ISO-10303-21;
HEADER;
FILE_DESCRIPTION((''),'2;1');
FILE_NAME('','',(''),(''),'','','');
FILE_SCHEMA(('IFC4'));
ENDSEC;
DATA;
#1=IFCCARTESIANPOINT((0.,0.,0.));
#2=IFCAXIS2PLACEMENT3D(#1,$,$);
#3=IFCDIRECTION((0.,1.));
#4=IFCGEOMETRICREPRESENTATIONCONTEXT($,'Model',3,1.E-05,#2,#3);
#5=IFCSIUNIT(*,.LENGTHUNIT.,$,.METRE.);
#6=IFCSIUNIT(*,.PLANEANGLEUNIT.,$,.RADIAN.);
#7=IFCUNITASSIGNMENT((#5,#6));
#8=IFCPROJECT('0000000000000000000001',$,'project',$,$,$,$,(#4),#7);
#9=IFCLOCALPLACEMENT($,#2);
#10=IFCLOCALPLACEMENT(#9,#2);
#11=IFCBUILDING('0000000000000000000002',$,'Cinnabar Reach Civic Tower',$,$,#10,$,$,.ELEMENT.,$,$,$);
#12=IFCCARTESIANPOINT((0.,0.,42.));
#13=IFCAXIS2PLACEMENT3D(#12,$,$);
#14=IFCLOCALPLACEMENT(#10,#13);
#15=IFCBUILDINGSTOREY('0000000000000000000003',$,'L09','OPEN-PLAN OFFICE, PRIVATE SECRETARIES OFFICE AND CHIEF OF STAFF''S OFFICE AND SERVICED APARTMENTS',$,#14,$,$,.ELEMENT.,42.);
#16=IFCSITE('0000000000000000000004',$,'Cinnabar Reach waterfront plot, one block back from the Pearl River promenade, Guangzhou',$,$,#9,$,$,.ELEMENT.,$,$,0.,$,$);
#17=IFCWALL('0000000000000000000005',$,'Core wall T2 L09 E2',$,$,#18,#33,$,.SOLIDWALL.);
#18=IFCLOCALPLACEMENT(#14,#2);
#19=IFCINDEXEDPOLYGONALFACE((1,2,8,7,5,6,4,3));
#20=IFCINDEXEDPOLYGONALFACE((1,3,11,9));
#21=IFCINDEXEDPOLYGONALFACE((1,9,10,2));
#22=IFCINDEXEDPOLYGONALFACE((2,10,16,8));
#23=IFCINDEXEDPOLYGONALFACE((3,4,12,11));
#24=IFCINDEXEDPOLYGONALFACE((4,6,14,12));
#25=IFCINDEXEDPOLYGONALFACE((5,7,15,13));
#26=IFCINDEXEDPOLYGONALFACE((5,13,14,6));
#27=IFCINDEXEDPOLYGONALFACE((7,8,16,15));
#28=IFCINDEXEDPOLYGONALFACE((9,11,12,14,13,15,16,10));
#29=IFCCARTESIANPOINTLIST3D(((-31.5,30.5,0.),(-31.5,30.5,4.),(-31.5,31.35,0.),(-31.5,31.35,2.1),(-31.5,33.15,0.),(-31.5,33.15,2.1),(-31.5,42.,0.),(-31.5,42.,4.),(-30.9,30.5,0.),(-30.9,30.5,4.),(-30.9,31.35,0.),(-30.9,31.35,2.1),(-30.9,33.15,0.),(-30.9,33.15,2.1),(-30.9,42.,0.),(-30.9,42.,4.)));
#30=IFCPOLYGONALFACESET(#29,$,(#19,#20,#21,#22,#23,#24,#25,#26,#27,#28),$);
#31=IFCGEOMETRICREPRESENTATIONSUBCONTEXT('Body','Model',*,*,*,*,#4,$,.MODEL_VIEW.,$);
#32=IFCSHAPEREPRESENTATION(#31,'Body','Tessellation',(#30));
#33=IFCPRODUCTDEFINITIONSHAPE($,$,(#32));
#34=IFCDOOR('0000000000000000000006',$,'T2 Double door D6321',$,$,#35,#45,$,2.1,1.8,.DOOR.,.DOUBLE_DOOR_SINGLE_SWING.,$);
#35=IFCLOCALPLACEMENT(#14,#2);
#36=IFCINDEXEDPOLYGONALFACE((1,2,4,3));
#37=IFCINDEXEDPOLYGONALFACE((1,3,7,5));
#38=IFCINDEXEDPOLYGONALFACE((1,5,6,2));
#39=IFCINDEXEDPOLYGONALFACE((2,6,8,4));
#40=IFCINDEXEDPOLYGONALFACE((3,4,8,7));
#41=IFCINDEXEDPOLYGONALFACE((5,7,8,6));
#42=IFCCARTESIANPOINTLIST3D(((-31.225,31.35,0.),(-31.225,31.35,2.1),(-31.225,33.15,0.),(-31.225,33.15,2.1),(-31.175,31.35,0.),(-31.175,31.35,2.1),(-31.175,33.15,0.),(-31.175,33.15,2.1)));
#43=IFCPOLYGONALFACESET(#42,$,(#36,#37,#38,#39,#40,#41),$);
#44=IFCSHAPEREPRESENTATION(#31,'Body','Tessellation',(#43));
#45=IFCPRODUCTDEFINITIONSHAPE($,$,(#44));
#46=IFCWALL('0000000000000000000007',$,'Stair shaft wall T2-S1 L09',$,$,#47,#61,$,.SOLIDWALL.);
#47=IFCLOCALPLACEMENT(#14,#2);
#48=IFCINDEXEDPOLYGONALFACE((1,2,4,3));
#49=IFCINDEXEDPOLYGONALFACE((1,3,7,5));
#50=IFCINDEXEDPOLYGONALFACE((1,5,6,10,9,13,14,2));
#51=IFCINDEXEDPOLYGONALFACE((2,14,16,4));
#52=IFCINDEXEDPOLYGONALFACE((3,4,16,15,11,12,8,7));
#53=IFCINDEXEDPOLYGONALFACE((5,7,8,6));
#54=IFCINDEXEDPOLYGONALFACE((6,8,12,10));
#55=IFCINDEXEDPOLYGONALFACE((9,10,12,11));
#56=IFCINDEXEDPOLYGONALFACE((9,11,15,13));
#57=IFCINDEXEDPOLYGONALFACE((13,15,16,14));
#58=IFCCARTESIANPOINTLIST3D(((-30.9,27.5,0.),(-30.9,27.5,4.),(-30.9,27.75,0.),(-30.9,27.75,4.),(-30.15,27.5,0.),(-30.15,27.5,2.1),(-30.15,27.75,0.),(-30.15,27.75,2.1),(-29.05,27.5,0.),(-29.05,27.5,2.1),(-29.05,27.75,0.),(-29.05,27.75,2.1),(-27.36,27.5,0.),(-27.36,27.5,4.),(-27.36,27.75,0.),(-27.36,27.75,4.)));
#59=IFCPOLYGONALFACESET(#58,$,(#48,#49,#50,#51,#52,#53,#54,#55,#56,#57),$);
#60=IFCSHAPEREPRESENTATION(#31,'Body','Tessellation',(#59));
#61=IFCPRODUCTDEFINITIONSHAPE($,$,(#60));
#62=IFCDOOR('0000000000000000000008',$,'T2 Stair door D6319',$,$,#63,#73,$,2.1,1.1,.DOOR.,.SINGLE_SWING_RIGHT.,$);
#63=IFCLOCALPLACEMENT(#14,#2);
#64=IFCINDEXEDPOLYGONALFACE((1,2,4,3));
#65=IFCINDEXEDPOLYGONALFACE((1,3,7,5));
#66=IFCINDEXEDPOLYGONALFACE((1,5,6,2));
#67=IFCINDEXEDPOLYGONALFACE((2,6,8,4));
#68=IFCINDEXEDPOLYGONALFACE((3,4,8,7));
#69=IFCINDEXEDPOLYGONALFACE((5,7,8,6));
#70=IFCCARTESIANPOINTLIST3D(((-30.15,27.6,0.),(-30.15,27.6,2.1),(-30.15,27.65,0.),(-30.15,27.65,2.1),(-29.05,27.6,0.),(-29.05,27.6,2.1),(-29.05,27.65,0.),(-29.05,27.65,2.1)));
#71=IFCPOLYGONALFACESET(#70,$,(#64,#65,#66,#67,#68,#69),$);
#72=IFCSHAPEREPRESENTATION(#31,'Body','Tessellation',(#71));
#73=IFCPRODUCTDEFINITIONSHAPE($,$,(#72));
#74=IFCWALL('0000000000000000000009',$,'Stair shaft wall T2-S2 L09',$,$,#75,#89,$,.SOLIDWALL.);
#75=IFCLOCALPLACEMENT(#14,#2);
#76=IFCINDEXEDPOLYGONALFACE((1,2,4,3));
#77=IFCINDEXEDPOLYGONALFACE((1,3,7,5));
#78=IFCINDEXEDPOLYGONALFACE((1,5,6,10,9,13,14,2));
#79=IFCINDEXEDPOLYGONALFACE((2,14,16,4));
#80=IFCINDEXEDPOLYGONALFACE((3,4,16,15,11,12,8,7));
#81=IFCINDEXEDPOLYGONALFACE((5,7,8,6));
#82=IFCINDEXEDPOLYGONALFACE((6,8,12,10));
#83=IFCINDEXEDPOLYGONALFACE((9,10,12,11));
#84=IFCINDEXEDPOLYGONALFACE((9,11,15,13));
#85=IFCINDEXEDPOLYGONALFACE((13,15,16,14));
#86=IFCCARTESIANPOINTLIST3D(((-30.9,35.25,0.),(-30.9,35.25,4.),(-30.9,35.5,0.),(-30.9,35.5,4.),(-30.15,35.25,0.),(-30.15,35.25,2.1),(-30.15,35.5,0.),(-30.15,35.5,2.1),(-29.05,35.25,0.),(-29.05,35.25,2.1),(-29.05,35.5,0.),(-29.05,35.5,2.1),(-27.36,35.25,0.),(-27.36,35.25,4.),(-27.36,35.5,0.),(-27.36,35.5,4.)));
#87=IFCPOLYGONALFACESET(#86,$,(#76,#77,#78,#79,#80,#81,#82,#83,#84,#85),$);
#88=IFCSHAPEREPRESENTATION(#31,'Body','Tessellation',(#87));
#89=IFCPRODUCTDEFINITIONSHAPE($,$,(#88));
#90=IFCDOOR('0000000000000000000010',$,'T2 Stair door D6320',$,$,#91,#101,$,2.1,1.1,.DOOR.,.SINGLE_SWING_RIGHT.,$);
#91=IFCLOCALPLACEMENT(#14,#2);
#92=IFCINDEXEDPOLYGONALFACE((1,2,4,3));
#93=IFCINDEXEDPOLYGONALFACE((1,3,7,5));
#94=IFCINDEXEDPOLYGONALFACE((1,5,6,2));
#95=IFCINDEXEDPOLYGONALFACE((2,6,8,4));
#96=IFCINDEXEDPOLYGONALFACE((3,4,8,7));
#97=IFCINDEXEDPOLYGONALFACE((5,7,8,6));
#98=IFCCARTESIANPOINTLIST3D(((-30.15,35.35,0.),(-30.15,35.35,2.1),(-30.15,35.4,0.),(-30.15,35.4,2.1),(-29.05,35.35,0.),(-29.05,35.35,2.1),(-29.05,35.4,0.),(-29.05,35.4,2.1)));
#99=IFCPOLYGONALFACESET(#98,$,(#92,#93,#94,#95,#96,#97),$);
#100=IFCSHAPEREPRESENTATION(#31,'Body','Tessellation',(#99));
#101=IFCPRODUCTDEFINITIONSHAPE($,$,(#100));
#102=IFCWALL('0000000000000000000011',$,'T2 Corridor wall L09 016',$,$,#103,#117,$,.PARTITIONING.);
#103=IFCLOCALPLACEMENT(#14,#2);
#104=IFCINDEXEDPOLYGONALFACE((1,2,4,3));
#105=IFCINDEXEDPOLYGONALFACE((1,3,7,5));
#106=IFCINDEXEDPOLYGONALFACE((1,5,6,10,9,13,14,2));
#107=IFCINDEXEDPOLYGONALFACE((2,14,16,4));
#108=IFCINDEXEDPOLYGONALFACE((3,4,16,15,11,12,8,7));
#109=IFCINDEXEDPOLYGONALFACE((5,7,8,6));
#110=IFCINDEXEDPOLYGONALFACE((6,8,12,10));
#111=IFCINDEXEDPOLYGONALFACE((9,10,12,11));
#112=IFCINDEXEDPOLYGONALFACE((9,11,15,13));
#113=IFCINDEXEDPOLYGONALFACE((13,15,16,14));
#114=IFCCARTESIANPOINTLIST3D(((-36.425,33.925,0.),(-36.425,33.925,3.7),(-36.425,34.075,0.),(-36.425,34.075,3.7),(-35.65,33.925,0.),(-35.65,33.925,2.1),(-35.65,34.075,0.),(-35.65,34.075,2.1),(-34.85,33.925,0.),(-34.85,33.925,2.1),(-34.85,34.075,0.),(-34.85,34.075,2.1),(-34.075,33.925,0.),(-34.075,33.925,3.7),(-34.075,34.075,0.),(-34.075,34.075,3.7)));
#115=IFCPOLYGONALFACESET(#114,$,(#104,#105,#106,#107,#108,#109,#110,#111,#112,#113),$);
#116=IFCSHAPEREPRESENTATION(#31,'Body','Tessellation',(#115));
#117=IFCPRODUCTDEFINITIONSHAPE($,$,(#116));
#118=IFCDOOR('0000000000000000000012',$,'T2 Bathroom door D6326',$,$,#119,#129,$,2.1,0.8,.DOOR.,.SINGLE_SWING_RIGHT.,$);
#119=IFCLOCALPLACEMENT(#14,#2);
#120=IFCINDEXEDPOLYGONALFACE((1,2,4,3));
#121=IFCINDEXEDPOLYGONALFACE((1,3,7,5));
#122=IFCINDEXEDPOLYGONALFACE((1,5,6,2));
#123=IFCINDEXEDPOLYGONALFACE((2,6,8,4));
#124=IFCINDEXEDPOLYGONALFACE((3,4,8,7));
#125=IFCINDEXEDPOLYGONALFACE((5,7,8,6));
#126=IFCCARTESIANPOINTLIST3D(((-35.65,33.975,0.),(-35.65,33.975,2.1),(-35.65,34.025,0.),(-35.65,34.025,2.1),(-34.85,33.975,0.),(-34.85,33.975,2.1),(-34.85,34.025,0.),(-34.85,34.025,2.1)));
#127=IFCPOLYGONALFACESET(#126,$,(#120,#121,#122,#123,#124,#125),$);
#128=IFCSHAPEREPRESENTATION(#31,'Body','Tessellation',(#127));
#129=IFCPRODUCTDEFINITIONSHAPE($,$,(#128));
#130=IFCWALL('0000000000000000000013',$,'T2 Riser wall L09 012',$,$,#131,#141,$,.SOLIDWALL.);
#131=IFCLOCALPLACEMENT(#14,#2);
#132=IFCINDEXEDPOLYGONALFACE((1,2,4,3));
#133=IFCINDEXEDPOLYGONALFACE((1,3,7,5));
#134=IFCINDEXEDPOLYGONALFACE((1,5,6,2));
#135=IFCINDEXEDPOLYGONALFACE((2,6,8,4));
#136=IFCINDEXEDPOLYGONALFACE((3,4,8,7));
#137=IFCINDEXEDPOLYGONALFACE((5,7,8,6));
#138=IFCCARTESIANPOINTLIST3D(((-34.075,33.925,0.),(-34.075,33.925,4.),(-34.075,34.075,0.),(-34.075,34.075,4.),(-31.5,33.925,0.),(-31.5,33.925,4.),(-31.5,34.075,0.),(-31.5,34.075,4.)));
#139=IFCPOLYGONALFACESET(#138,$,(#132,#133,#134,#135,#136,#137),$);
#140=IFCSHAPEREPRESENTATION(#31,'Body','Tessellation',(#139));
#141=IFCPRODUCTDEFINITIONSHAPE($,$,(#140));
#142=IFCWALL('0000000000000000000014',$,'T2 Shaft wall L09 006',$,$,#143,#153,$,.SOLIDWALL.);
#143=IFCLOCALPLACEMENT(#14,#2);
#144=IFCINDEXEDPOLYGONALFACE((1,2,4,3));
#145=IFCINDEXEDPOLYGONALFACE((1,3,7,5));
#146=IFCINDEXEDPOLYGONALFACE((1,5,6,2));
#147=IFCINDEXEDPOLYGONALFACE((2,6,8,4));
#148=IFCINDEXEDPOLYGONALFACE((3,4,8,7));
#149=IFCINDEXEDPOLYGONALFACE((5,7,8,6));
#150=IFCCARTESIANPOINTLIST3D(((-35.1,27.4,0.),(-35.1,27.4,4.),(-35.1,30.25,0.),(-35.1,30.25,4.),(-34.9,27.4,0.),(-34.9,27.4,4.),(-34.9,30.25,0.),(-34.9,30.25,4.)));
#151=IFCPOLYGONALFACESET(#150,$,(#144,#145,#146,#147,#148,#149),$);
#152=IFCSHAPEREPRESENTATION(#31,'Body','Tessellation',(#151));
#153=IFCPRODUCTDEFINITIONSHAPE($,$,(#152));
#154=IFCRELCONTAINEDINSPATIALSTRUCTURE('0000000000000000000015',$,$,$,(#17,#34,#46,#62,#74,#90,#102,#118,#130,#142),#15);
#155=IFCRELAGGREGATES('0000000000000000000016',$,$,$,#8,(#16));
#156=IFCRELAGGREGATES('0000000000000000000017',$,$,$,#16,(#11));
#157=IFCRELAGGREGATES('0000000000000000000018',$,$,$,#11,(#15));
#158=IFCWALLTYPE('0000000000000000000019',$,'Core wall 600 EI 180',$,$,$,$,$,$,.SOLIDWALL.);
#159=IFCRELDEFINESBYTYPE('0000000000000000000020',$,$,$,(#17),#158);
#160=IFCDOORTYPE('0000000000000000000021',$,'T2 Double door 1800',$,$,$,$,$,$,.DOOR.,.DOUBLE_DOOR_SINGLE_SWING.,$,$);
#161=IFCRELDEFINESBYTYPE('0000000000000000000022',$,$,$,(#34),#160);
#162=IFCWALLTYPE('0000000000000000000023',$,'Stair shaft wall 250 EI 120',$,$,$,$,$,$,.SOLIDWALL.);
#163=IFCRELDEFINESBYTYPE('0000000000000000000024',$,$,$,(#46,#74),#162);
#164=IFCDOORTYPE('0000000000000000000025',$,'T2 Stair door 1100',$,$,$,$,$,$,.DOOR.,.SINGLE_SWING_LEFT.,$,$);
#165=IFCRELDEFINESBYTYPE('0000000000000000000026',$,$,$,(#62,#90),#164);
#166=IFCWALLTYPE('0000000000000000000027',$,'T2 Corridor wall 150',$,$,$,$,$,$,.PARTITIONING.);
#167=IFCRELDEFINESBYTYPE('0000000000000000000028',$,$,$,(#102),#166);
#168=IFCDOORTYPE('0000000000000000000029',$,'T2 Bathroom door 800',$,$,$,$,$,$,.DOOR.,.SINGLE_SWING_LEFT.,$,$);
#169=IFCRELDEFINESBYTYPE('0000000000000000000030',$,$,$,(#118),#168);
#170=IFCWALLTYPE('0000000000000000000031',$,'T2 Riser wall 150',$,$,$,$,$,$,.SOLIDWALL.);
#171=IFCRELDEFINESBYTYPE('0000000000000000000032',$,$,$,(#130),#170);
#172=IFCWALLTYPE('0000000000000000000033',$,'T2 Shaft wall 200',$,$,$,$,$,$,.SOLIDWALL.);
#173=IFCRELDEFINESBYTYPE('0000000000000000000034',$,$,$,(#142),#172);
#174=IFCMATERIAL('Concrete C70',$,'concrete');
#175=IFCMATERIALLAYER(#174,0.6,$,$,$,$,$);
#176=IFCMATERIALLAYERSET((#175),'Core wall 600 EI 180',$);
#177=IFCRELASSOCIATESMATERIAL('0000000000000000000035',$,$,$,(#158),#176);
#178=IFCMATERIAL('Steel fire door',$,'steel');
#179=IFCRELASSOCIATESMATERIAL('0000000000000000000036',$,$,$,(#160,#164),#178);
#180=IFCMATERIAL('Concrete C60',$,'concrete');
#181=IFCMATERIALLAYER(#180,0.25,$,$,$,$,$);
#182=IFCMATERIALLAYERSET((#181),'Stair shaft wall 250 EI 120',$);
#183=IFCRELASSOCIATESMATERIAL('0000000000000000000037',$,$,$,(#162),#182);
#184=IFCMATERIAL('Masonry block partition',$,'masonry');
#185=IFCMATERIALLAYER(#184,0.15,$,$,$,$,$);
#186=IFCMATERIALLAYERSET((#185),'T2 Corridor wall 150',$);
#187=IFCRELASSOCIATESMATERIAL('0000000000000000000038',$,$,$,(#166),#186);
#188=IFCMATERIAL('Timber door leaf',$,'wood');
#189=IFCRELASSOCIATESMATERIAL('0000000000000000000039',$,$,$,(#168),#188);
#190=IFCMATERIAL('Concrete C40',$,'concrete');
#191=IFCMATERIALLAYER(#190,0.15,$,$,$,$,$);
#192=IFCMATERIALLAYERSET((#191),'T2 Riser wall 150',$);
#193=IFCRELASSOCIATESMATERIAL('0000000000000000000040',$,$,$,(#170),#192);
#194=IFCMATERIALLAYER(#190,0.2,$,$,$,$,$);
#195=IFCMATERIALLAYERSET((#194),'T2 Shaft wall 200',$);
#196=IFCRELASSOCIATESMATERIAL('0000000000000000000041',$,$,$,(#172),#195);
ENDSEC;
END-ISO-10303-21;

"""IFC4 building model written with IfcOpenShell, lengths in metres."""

from ifc_helpers import new_model, si_unit, direction, frame, frame_2d, origin, place, context, subcontext, project, spatial, rectangle, extrude, material, layer, layer_set, type_object, element, fill, save


model = new_model("IFC4")

# Units and contexts
model_context = context("Model", 3, precision=1e-05, world=origin(), true_north=direction((0.0, 1.0)))
body_context = subcontext(model_context, "Body", "Model", "MODEL_VIEW")
ifc_project = project(units=[si_unit("LENGTHUNIT", "METRE"), si_unit("PLANEANGLEUNIT", "RADIAN")], contexts=[model_context])

# Site, building, storey
site_placement = place(None, origin())
site = spatial("IfcSite", under=ifc_project, at=site_placement, Name="Cinnabar Reach waterfront plot, one block back from the Pearl River promenade, Guangzhou", CompositionType="ELEMENT", RefElevation=0.0)
building_placement = place(site_placement, origin())
building = spatial("IfcBuilding", under=site, at=building_placement, Name="Cinnabar Reach Civic Tower", CompositionType="ELEMENT")
storey_placement = place(building_placement, frame((0.0, 0.0, 42.0)))
storey = spatial("IfcBuildingStorey", under=building, at=storey_placement, Name="L09", Description="OPEN-PLAN OFFICE, PRIVATE SECRETARIES OFFICE AND CHIEF OF STAFF'S OFFICE AND SERVICED APARTMENTS", CompositionType="ELEMENT", Elevation=42.0)

# Shared definitions
ifc_material_1 = material(Name="Concrete C70", Category="concrete")

# Walls, openings, doors
ifc_layer_1 = layer(ifc_material_1, 0.6)
ifc_layer_set_1 = layer_set([ifc_layer_1], Name="Core wall 600 EI 180")
wall_type_1 = type_object("IfcWallType", Name="Core wall 600 EI 180", PredefinedType="SOLIDWALL", material=ifc_layer_set_1)
wall_1_placement = place(storey_placement, frame((-31.2, 30.5, 0.0), z_axis=(0.0, 0.0, 1.0), x_axis=(0.0, 1.0, 0.0)))
wall_1 = element("IfcWall", 1, at=wall_1_placement, inside=storey, type_object=wall_type_1, Name="Core wall T2 L09 E2", PredefinedType="SOLIDWALL", context=body_context, shape_type="SweptSolid", body=[
    extrude(rectangle(XDim=11.5, YDim=0.6, at=frame_2d((5.75, 0.0))), origin(), (0.0, 0.0, 1.0), 4.0),
])
opening_1_placement = place(wall_1_placement, frame((0.85, 0.0, 0.0)))
opening_1 = element("IfcOpeningElement", 2, at=opening_1_placement, cuts=wall_1, PredefinedType="OPENING", context=body_context, shape_type="SweptSolid", body=[
    extrude(rectangle(XDim=1.8, YDim=2.1, at=frame_2d((0.9, 1.05))), frame((0.0, 0.31, 0.0), z_axis=(0.0, -1.0, 0.0), x_axis=(1.0, 0.0, 0.0)), (0.0, 0.0, 1.0), 0.62),
])
ifc_material_2 = material(Name="Steel fire door", Category="steel")
door_type_1 = type_object("IfcDoorType", Name="T2 Double door 1800", OperationType="DOUBLE_DOOR_SINGLE_SWING", PredefinedType="DOOR", material=ifc_material_2)
door_1_placement = place(opening_1_placement, origin())
door_1 = element("IfcDoor", 3, at=door_1_placement, inside=storey, type_object=door_type_1, Name="T2 Double door D6321", OperationType="DOUBLE_DOOR_SINGLE_SWING", OverallHeight=2.1, OverallWidth=1.8, PredefinedType="DOOR", context=body_context, shape_type="SweptSolid", body=[
    extrude(rectangle(XDim=1.8, YDim=2.1, at=frame_2d((0.9, 1.05))), frame((0.0, 0.025, 0.0), z_axis=(0.0, -1.0, 0.0), x_axis=(1.0, 0.0, 0.0)), (0.0, 0.0, 1.0), 0.05),
])
fill(opening_1, door_1)
ifc_material_3 = material(Name="Concrete C60", Category="concrete")
ifc_layer_2 = layer(ifc_material_3, 0.25)
ifc_layer_set_2 = layer_set([ifc_layer_2], Name="Stair shaft wall 250 EI 120")
wall_type_2 = type_object("IfcWallType", Name="Stair shaft wall 250 EI 120", PredefinedType="SOLIDWALL", material=ifc_layer_set_2)
wall_2_placement = place(storey_placement, frame((-27.36, 27.625, 0.0), z_axis=(0.0, 0.0, 1.0), x_axis=(-1.0, 0.0, 0.0)))
wall_2 = element("IfcWall", 4, at=wall_2_placement, inside=storey, type_object=wall_type_2, Name="Stair shaft wall T2-S1 L09", PredefinedType="SOLIDWALL", context=body_context, shape_type="SweptSolid", body=[
    extrude(rectangle(XDim=3.54, YDim=0.25, at=frame_2d((1.77, 0.0))), origin(), (0.0, 0.0, 1.0), 4.0),
])
opening_2_placement = place(wall_2_placement, frame((1.69, 0.0, 0.0)))
opening_2 = element("IfcOpeningElement", 5, at=opening_2_placement, cuts=wall_2, PredefinedType="OPENING", context=body_context, shape_type="SweptSolid", body=[
    extrude(rectangle(XDim=1.1, YDim=2.1, at=frame_2d((0.55, 1.05))), frame((0.0, 0.135, 0.0), z_axis=(0.0, -1.0, 0.0), x_axis=(1.0, 0.0, 0.0)), (0.0, 0.0, 1.0), 0.27),
])
door_type_2 = type_object("IfcDoorType", Name="T2 Stair door 1100", OperationType="SINGLE_SWING_LEFT", PredefinedType="DOOR", material=ifc_material_2)
door_2_placement = place(opening_2_placement, origin())
door_2 = element("IfcDoor", 6, at=door_2_placement, inside=storey, type_object=door_type_2, Name="T2 Stair door D6319", OperationType="SINGLE_SWING_RIGHT", OverallHeight=2.1, OverallWidth=1.1, PredefinedType="DOOR", context=body_context, shape_type="SweptSolid", body=[
    extrude(rectangle(XDim=1.1, YDim=2.1, at=frame_2d((0.55, 1.05))), frame((0.0, 0.025, 0.0), z_axis=(0.0, -1.0, 0.0), x_axis=(1.0, 0.0, 0.0)), (0.0, 0.0, 1.0), 0.05),
])
fill(opening_2, door_2)
wall_3_placement = place(storey_placement, frame((-30.9, 35.375, 0.0), z_axis=(0.0, 0.0, 1.0), x_axis=(1.0, 0.0, 0.0)))
wall_3 = element("IfcWall", 7, at=wall_3_placement, inside=storey, type_object=wall_type_2, Name="Stair shaft wall T2-S2 L09", PredefinedType="SOLIDWALL", context=body_context, shape_type="SweptSolid", body=[
    extrude(rectangle(XDim=3.54, YDim=0.25, at=frame_2d((1.77, 0.0))), origin(), (0.0, 0.0, 1.0), 4.0),
])
opening_3_placement = place(wall_3_placement, frame((0.75, 0.0, 0.0)))
opening_3 = element("IfcOpeningElement", 8, at=opening_3_placement, cuts=wall_3, PredefinedType="OPENING", context=body_context, shape_type="SweptSolid", body=[
    extrude(rectangle(XDim=1.1, YDim=2.1, at=frame_2d((0.55, 1.05))), frame((0.0, 0.135, 0.0), z_axis=(0.0, -1.0, 0.0), x_axis=(1.0, 0.0, 0.0)), (0.0, 0.0, 1.0), 0.27),
])
door_3_placement = place(opening_3_placement, origin())
door_3 = element("IfcDoor", 9, at=door_3_placement, inside=storey, type_object=door_type_2, Name="T2 Stair door D6320", OperationType="SINGLE_SWING_RIGHT", OverallHeight=2.1, OverallWidth=1.1, PredefinedType="DOOR", context=body_context, shape_type="SweptSolid", body=[
    extrude(rectangle(XDim=1.1, YDim=2.1, at=frame_2d((0.55, 1.05))), frame((0.0, 0.025, 0.0), z_axis=(0.0, -1.0, 0.0), x_axis=(1.0, 0.0, 0.0)), (0.0, 0.0, 1.0), 0.05),
])
fill(opening_3, door_3)
ifc_material_4 = material(Name="Masonry block partition", Category="masonry")
ifc_layer_3 = layer(ifc_material_4, 0.15)
ifc_layer_set_3 = layer_set([ifc_layer_3], Name="T2 Corridor wall 150")
wall_type_3 = type_object("IfcWallType", Name="T2 Corridor wall 150", PredefinedType="PARTITIONING", material=ifc_layer_set_3)
wall_4_placement = place(storey_placement, frame((-34.075, 34.0, 0.0), z_axis=(0.0, 0.0, 1.0), x_axis=(-1.0, 0.0, 0.0)))
wall_4 = element("IfcWall", 10, at=wall_4_placement, inside=storey, type_object=wall_type_3, Name="T2 Corridor wall L09 016", PredefinedType="PARTITIONING", context=body_context, shape_type="SweptSolid", body=[
    extrude(rectangle(XDim=2.35, YDim=0.15, at=frame_2d((1.175, 0.0))), origin(), (0.0, 0.0, 1.0), 3.7),
])
opening_4_placement = place(wall_4_placement, frame((0.775, 0.0, 0.0)))
opening_4 = element("IfcOpeningElement", 11, at=opening_4_placement, cuts=wall_4, PredefinedType="OPENING", context=body_context, shape_type="SweptSolid", body=[
    extrude(rectangle(XDim=0.8, YDim=2.1, at=frame_2d((0.4, 1.05))), frame((0.0, 0.085, 0.0), z_axis=(0.0, -1.0, 0.0), x_axis=(1.0, 0.0, 0.0)), (0.0, 0.0, 1.0), 0.17),
])
ifc_material_5 = material(Name="Timber door leaf", Category="wood")
door_type_3 = type_object("IfcDoorType", Name="T2 Bathroom door 800", OperationType="SINGLE_SWING_LEFT", PredefinedType="DOOR", material=ifc_material_5)
door_4_placement = place(opening_4_placement, frame((0.8, 0.0, 0.0), z_axis=(0.0, 0.0, 1.0), x_axis=(-1.0, 0.0, 0.0)))
door_4 = element("IfcDoor", 12, at=door_4_placement, inside=storey, type_object=door_type_3, Name="T2 Bathroom door D6326", OperationType="SINGLE_SWING_RIGHT", OverallHeight=2.1, OverallWidth=0.8, PredefinedType="DOOR", context=body_context, shape_type="SweptSolid", body=[
    extrude(rectangle(XDim=0.8, YDim=2.1, at=frame_2d((0.4, 1.05))), frame((0.0, 0.025, 0.0), z_axis=(0.0, -1.0, 0.0), x_axis=(1.0, 0.0, 0.0)), (0.0, 0.0, 1.0), 0.05),
])
fill(opening_4, door_4)

# Walls
ifc_material_6 = material(Name="Concrete C40", Category="concrete")
ifc_layer_4 = layer(ifc_material_6, 0.15)
ifc_layer_set_4 = layer_set([ifc_layer_4], Name="T2 Riser wall 150")
wall_type_4 = type_object("IfcWallType", Name="T2 Riser wall 150", PredefinedType="SOLIDWALL", material=ifc_layer_set_4)
wall_5_placement = place(storey_placement, frame((-34.075, 34.0, 0.0), z_axis=(0.0, 0.0, 1.0), x_axis=(1.0, 0.0, 0.0)))
element("IfcWall", 13, at=wall_5_placement, inside=storey, type_object=wall_type_4, Name="T2 Riser wall L09 012", PredefinedType="SOLIDWALL", context=body_context, shape_type="SweptSolid", body=[
    extrude(rectangle(XDim=2.575, YDim=0.15, at=frame_2d((1.2875, 0.0))), origin(), (0.0, 0.0, 1.0), 4.0),
])
ifc_layer_5 = layer(ifc_material_6, 0.2)
ifc_layer_set_5 = layer_set([ifc_layer_5], Name="T2 Shaft wall 200")
wall_type_5 = type_object("IfcWallType", Name="T2 Shaft wall 200", PredefinedType="SOLIDWALL", material=ifc_layer_set_5)
wall_6_placement = place(storey_placement, frame((-35.0, 27.4, 0.0), z_axis=(0.0, 0.0, 1.0), x_axis=(0.0, 1.0, 0.0)))
element("IfcWall", 14, at=wall_6_placement, inside=storey, type_object=wall_type_5, Name="T2 Shaft wall L09 006", PredefinedType="SOLIDWALL", context=body_context, shape_type="SweptSolid", body=[
    extrude(rectangle(XDim=2.85, YDim=0.2, at=frame_2d((1.425, 0.0))), origin(), (0.0, 0.0, 1.0), 4.0),
])

save(model, "model.ifc")
